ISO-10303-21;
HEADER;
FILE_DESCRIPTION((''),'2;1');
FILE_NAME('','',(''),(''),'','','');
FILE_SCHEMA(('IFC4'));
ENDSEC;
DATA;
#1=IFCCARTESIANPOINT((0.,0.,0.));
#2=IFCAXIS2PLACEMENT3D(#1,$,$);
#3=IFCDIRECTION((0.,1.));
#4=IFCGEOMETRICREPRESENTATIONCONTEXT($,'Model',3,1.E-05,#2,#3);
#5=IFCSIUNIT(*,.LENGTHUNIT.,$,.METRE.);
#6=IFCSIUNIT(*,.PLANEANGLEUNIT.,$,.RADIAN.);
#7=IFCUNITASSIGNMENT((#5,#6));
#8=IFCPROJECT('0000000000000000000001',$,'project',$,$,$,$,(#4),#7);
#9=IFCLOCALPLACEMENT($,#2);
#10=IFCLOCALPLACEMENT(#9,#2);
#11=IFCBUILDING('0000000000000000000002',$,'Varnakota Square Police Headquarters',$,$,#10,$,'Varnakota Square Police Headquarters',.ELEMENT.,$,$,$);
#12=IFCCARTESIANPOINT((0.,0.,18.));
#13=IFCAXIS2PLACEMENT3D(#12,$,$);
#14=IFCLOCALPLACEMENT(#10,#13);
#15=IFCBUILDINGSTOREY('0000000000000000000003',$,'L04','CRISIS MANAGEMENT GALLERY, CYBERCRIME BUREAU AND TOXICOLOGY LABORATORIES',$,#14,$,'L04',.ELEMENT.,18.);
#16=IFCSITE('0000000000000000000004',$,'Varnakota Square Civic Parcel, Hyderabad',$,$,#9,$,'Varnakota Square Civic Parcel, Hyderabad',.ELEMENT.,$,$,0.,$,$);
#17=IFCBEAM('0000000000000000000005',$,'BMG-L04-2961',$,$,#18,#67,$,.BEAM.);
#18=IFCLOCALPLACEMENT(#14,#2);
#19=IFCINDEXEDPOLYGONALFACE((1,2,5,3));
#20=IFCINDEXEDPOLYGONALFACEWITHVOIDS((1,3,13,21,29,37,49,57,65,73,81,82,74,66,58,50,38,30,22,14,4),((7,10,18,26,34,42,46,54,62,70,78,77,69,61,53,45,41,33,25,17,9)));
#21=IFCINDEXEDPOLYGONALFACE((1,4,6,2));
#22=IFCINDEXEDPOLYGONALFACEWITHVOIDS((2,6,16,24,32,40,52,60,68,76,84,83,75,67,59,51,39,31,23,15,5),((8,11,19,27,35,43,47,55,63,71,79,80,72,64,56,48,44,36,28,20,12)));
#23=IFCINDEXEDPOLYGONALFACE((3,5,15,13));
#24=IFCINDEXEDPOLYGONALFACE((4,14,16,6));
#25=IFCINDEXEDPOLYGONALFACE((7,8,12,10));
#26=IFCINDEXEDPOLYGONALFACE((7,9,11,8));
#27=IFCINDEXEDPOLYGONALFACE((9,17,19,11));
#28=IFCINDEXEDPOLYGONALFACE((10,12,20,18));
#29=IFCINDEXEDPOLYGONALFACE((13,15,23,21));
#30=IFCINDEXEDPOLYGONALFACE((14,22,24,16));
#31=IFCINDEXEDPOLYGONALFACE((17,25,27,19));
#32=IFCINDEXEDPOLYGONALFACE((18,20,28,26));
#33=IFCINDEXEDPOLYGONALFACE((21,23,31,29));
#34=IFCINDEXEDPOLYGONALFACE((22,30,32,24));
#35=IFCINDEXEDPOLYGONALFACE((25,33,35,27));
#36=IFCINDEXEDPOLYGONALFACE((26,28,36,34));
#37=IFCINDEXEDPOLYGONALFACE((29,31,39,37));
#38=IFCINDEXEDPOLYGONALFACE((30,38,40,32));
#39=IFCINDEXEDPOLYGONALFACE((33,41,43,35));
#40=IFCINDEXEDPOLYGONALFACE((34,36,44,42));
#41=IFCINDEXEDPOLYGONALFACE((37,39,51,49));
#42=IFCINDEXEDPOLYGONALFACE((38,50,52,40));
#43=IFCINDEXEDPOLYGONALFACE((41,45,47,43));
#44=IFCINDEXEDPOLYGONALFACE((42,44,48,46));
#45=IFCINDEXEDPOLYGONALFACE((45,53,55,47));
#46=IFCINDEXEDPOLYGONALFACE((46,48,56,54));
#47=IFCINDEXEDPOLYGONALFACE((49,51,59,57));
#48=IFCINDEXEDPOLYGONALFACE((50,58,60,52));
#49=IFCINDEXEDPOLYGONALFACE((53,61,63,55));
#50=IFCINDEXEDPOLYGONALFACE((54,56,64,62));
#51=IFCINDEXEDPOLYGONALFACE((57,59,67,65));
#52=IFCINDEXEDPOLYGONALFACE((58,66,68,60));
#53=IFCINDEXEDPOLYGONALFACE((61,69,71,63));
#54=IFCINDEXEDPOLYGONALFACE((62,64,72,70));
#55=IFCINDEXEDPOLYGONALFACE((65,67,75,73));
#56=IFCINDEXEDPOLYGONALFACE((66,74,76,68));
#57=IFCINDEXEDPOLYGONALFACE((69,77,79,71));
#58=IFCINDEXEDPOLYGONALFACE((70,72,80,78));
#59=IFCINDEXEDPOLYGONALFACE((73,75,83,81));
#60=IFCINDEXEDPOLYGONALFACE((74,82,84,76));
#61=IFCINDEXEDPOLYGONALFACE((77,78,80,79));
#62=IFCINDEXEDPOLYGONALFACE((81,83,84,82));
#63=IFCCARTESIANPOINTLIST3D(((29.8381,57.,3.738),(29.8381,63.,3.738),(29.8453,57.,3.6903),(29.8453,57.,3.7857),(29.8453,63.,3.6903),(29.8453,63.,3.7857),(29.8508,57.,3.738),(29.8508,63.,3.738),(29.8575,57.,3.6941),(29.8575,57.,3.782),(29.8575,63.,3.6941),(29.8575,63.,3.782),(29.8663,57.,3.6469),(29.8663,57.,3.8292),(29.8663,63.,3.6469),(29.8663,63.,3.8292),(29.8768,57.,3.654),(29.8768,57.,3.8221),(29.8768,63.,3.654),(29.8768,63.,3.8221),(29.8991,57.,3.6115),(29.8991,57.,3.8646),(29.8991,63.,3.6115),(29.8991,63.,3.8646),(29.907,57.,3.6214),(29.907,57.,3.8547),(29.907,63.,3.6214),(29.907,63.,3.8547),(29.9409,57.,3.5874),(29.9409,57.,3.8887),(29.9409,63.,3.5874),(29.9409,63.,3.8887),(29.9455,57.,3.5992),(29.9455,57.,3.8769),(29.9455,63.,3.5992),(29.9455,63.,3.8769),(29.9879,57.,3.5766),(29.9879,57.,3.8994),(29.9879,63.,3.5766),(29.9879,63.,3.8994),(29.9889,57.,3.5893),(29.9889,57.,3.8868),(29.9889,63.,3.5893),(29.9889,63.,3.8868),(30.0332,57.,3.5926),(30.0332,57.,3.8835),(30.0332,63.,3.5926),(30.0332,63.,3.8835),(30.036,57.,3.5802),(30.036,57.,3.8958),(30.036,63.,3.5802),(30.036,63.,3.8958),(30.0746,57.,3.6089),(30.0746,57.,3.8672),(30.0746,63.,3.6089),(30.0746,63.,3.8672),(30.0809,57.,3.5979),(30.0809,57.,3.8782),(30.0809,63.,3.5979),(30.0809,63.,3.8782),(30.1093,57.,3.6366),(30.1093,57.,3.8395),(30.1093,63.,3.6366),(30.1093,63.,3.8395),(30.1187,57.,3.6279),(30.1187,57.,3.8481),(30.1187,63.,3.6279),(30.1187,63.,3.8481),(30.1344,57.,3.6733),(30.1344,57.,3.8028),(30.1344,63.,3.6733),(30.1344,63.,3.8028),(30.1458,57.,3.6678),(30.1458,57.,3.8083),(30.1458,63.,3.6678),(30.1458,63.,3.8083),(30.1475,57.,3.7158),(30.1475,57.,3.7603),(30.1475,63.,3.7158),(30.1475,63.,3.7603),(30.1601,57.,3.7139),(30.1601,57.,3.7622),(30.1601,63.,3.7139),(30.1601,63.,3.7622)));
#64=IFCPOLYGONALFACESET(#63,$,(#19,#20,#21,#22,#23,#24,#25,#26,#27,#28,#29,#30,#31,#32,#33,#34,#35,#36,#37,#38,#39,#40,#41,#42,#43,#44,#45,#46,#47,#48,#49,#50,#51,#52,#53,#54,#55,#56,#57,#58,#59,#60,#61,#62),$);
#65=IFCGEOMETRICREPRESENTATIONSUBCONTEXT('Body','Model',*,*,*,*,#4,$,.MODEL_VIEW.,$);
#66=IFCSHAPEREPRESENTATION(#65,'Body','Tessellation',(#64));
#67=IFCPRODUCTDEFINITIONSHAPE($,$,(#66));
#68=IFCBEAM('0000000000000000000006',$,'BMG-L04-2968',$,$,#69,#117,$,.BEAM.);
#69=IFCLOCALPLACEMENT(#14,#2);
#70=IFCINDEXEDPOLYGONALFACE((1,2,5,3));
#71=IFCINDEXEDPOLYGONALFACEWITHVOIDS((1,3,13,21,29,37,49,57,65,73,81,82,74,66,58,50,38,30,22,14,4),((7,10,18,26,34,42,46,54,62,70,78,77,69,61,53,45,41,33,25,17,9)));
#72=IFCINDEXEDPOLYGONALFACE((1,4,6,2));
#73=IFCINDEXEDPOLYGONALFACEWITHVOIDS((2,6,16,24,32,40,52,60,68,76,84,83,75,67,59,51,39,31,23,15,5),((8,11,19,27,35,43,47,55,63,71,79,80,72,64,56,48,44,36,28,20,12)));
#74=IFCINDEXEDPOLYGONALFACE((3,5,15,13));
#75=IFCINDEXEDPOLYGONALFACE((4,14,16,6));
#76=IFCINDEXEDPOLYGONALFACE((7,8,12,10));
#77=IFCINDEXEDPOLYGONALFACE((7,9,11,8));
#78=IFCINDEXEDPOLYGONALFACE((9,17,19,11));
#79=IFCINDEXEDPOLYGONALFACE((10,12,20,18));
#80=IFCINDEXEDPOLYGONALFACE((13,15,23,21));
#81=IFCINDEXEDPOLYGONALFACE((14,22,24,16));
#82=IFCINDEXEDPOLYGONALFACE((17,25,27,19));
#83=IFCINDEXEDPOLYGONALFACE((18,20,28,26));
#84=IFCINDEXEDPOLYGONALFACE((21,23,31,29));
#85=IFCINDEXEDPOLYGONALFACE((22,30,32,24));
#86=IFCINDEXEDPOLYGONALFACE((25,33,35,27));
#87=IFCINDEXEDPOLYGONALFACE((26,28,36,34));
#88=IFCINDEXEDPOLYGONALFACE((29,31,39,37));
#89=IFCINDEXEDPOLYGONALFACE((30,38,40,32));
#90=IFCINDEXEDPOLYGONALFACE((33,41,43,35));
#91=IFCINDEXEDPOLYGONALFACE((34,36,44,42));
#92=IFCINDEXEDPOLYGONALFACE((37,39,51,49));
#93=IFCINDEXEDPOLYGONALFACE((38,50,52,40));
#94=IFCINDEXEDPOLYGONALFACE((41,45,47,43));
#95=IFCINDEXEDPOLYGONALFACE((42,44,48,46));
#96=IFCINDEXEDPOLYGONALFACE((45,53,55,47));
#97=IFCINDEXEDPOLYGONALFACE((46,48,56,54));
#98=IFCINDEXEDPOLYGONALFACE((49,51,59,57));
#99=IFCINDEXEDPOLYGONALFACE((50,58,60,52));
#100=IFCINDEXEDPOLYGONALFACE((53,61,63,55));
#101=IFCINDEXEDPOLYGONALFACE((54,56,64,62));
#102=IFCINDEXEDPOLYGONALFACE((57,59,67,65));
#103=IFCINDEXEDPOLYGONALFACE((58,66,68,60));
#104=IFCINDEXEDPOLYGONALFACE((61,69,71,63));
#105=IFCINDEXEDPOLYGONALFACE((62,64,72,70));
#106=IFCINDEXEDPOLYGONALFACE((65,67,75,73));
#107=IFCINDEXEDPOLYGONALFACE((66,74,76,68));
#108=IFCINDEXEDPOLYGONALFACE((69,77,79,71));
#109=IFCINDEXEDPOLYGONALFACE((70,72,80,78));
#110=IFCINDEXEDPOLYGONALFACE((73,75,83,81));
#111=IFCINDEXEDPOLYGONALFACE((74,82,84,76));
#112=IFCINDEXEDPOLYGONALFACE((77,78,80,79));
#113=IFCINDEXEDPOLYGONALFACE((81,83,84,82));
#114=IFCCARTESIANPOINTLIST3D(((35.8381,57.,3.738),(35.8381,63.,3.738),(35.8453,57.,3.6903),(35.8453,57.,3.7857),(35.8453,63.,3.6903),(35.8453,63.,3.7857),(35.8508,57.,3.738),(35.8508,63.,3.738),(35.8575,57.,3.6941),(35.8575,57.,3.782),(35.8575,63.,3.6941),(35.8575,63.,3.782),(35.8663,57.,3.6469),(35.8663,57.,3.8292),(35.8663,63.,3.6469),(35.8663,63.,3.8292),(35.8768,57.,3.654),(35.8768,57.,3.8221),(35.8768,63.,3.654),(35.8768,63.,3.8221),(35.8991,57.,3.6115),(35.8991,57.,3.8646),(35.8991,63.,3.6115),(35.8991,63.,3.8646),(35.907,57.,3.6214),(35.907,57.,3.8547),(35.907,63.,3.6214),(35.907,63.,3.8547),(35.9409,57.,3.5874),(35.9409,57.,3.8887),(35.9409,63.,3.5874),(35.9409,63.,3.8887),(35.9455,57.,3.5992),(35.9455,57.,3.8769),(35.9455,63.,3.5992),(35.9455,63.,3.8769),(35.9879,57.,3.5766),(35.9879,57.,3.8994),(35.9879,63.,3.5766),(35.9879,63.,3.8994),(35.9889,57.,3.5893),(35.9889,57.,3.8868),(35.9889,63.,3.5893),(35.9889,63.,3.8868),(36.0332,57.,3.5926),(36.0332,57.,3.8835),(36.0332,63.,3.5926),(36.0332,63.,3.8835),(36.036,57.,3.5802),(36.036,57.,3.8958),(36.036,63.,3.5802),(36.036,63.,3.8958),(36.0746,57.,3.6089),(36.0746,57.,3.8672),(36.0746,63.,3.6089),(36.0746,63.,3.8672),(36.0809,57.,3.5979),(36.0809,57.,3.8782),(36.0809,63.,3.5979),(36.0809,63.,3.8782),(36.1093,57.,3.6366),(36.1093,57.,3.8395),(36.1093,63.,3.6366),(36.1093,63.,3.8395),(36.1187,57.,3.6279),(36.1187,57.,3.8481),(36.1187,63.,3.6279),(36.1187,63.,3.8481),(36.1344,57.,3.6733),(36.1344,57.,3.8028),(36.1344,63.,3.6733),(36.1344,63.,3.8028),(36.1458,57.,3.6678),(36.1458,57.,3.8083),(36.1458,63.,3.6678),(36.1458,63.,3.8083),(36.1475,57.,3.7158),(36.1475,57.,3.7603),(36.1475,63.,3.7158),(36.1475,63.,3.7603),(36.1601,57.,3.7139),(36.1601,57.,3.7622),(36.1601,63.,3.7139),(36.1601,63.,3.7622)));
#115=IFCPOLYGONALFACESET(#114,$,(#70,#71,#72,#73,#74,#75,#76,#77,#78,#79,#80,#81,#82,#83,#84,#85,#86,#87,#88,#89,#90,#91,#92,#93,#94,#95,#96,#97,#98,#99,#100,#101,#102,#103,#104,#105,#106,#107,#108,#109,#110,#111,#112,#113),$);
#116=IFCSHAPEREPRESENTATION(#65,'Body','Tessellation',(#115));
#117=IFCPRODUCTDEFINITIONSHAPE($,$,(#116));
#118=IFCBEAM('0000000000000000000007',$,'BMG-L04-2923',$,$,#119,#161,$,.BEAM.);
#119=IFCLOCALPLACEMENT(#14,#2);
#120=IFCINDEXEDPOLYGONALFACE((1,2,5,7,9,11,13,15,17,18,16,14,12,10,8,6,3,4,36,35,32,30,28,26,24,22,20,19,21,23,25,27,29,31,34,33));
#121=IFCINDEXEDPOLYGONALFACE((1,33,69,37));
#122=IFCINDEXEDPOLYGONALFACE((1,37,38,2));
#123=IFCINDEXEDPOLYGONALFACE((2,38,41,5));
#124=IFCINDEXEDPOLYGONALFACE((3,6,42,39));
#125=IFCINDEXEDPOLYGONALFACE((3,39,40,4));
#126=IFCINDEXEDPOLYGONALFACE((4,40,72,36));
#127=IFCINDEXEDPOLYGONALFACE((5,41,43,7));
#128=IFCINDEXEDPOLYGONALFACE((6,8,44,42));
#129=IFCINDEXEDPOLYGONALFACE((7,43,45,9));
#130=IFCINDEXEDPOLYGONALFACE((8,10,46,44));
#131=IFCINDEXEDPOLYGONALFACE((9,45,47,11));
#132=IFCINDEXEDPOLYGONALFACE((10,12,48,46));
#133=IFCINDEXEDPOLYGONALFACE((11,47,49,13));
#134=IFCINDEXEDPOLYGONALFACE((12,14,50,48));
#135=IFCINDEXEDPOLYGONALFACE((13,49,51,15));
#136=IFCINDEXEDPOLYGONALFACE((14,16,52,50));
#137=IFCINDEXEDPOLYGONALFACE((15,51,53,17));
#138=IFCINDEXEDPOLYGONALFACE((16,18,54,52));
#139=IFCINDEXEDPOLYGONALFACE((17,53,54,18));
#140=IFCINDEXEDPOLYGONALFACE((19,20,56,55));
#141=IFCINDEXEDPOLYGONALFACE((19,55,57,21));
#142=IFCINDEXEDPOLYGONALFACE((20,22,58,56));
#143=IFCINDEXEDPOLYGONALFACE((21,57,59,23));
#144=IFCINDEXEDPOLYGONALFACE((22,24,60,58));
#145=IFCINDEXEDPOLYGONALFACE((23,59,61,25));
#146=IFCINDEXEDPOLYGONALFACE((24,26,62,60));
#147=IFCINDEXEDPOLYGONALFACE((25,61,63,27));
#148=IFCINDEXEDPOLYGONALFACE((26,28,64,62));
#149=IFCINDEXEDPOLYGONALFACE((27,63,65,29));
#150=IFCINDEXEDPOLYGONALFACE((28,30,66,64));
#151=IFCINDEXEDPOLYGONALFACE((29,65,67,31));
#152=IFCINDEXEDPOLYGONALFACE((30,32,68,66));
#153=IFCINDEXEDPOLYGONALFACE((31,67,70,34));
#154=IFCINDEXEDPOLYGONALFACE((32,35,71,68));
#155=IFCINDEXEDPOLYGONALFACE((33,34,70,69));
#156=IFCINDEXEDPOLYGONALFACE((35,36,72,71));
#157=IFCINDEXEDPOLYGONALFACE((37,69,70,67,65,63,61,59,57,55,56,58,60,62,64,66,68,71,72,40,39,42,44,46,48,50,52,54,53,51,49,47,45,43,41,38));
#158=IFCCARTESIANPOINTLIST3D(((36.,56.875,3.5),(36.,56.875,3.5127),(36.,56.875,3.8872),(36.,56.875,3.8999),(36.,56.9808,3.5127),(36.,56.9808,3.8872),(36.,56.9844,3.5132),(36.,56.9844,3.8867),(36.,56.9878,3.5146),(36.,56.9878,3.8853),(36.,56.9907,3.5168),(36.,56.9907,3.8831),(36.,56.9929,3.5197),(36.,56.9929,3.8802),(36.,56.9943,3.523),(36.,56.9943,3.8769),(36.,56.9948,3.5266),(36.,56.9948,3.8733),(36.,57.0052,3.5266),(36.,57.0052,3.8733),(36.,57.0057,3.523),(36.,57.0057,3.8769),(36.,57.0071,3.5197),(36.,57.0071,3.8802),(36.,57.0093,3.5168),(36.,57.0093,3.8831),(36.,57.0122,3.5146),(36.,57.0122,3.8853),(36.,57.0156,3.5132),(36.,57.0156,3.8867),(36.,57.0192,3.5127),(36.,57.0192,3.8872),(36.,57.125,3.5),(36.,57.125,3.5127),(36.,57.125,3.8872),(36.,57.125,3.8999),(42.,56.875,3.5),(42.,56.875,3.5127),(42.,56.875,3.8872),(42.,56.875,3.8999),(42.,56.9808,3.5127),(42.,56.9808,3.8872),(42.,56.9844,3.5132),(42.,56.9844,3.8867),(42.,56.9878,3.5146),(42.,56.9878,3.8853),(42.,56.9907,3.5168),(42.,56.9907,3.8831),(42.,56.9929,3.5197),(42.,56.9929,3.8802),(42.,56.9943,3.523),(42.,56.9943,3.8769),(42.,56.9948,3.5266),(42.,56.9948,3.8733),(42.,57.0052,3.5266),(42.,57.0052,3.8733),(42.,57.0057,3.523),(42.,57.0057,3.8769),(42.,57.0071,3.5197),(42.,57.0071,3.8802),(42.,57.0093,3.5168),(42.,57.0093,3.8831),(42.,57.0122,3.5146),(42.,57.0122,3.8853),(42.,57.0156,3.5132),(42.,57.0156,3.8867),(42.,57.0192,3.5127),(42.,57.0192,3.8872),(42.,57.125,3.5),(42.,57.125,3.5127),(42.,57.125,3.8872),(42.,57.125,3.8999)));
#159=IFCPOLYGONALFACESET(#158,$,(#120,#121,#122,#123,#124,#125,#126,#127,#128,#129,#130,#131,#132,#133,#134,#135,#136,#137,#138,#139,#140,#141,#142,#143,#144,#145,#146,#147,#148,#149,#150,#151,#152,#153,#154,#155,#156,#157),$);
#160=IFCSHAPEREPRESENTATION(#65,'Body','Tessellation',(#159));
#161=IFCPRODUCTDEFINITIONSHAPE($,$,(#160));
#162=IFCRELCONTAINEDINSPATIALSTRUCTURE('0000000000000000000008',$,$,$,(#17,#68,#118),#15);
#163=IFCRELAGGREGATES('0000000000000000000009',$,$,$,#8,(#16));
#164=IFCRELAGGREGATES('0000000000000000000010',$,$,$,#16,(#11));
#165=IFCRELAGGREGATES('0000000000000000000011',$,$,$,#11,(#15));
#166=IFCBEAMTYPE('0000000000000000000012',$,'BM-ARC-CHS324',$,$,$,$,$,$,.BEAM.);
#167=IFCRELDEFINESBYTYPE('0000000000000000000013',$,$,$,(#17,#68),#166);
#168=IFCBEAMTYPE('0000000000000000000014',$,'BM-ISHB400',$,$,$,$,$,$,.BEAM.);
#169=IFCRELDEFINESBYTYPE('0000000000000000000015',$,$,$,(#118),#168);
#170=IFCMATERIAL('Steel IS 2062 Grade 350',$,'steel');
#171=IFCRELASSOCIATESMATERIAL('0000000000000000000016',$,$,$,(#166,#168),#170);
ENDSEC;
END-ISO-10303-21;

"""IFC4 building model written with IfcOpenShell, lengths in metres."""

from ifc_helpers import new_model, si_unit, direction, frame, origin, origin_2d, place, context, subcontext, project, spatial, hollow_circle, i_section, extrude, material, material_profile, profile_set, type_object, element, save


model = new_model("IFC4")

# Units and contexts
model_context = context("Model", 3, precision=1e-05, world=origin(), true_north=direction((0.0, 1.0)))
body_context = subcontext(model_context, "Body", "Model", "MODEL_VIEW")
ifc_project = project(units=[si_unit("LENGTHUNIT", "METRE"), si_unit("PLANEANGLEUNIT", "RADIAN")], contexts=[model_context])

# Site, building, storey
site_placement = place(None, origin())
site = spatial("IfcSite", under=ifc_project, at=site_placement, Name="Varnakota Square Civic Parcel, Hyderabad", LongName="Varnakota Square Civic Parcel, Hyderabad", CompositionType="ELEMENT", RefElevation=0.0)
building_placement = place(site_placement, origin())
building = spatial("IfcBuilding", under=site, at=building_placement, Name="Varnakota Square Police Headquarters", LongName="Varnakota Square Police Headquarters", CompositionType="ELEMENT")
storey_placement = place(building_placement, frame((0.0, 0.0, 18.0)))
storey = spatial("IfcBuildingStorey", under=building, at=storey_placement, Name="L04", Description="CRISIS MANAGEMENT GALLERY, CYBERCRIME BUREAU AND TOXICOLOGY LABORATORIES", LongName="L04", CompositionType="ELEMENT", Elevation=18.0)

# Shared definitions
ifc_material_1 = material(Name="Steel IS 2062 Grade 350", Category="steel")

# Beams
ifc_material_profile_1 = material_profile(ifc_material_1, hollow_circle(Radius=0.1619, WallThickness=0.0127, at=origin_2d()), Name="CHS 323.9x12.7")
ifc_profile_set_1 = profile_set([ifc_material_profile_1], Name="Steel IS 2062 Grade 350")
beam_type_1 = type_object("IfcBeamType", Name="BM-ARC-CHS324", PredefinedType="BEAM", material=ifc_profile_set_1)
for number, where, z_axis, x_axis, name in (
    (1, (30.0, 57.0, 3.738), (0.0, 1.0, 0.0), (-1.0, 0.0, 0.0), "BMG-L04-2961"),
    (2, (36.0, 57.0, 3.738), (0.0, 1.0, 0.0), (-1.0, 0.0, 0.0), "BMG-L04-2968"),
):
    element("IfcBeam", number, at=place(storey_placement, frame(where, z_axis=z_axis, x_axis=x_axis)), inside=storey, type_object=beam_type_1, Name=name, PredefinedType="BEAM", context=body_context, shape_type="SweptSolid", body=[
        extrude(hollow_circle(Radius=0.1619, WallThickness=0.0127, at=origin_2d()), origin(), (0.0, 0.0, 1.0), 6.0),
    ])
ifc_material_profile_2 = material_profile(ifc_material_1, i_section(OverallWidth=0.25, OverallDepth=0.3999, WebThickness=0.0105, FlangeThickness=0.0127, FilletRadius=0.0139, at=origin_2d()), Name="ISHB 400")
ifc_profile_set_2 = profile_set([ifc_material_profile_2], Name="Steel IS 2062 Grade 350")
beam_type_2 = type_object("IfcBeamType", Name="BM-ISHB400", PredefinedType="BEAM", material=ifc_profile_set_2)
beam_1_placement = place(storey_placement, frame((36.0, 57.0, 3.7), z_axis=(1.0, 0.0, 0.0), x_axis=(0.0, 1.0, 0.0)))
element("IfcBeam", 3, at=beam_1_placement, inside=storey, type_object=beam_type_2, Name="BMG-L04-2923", PredefinedType="BEAM", context=body_context, shape_type="SweptSolid", body=[
    extrude(i_section(OverallWidth=0.25, OverallDepth=0.3999, WebThickness=0.0105, FlangeThickness=0.0127, FilletRadius=0.0139, at=origin_2d()), origin(), (0.0, 0.0, 1.0), 6.0),
])

save(model, "model.ifc")
